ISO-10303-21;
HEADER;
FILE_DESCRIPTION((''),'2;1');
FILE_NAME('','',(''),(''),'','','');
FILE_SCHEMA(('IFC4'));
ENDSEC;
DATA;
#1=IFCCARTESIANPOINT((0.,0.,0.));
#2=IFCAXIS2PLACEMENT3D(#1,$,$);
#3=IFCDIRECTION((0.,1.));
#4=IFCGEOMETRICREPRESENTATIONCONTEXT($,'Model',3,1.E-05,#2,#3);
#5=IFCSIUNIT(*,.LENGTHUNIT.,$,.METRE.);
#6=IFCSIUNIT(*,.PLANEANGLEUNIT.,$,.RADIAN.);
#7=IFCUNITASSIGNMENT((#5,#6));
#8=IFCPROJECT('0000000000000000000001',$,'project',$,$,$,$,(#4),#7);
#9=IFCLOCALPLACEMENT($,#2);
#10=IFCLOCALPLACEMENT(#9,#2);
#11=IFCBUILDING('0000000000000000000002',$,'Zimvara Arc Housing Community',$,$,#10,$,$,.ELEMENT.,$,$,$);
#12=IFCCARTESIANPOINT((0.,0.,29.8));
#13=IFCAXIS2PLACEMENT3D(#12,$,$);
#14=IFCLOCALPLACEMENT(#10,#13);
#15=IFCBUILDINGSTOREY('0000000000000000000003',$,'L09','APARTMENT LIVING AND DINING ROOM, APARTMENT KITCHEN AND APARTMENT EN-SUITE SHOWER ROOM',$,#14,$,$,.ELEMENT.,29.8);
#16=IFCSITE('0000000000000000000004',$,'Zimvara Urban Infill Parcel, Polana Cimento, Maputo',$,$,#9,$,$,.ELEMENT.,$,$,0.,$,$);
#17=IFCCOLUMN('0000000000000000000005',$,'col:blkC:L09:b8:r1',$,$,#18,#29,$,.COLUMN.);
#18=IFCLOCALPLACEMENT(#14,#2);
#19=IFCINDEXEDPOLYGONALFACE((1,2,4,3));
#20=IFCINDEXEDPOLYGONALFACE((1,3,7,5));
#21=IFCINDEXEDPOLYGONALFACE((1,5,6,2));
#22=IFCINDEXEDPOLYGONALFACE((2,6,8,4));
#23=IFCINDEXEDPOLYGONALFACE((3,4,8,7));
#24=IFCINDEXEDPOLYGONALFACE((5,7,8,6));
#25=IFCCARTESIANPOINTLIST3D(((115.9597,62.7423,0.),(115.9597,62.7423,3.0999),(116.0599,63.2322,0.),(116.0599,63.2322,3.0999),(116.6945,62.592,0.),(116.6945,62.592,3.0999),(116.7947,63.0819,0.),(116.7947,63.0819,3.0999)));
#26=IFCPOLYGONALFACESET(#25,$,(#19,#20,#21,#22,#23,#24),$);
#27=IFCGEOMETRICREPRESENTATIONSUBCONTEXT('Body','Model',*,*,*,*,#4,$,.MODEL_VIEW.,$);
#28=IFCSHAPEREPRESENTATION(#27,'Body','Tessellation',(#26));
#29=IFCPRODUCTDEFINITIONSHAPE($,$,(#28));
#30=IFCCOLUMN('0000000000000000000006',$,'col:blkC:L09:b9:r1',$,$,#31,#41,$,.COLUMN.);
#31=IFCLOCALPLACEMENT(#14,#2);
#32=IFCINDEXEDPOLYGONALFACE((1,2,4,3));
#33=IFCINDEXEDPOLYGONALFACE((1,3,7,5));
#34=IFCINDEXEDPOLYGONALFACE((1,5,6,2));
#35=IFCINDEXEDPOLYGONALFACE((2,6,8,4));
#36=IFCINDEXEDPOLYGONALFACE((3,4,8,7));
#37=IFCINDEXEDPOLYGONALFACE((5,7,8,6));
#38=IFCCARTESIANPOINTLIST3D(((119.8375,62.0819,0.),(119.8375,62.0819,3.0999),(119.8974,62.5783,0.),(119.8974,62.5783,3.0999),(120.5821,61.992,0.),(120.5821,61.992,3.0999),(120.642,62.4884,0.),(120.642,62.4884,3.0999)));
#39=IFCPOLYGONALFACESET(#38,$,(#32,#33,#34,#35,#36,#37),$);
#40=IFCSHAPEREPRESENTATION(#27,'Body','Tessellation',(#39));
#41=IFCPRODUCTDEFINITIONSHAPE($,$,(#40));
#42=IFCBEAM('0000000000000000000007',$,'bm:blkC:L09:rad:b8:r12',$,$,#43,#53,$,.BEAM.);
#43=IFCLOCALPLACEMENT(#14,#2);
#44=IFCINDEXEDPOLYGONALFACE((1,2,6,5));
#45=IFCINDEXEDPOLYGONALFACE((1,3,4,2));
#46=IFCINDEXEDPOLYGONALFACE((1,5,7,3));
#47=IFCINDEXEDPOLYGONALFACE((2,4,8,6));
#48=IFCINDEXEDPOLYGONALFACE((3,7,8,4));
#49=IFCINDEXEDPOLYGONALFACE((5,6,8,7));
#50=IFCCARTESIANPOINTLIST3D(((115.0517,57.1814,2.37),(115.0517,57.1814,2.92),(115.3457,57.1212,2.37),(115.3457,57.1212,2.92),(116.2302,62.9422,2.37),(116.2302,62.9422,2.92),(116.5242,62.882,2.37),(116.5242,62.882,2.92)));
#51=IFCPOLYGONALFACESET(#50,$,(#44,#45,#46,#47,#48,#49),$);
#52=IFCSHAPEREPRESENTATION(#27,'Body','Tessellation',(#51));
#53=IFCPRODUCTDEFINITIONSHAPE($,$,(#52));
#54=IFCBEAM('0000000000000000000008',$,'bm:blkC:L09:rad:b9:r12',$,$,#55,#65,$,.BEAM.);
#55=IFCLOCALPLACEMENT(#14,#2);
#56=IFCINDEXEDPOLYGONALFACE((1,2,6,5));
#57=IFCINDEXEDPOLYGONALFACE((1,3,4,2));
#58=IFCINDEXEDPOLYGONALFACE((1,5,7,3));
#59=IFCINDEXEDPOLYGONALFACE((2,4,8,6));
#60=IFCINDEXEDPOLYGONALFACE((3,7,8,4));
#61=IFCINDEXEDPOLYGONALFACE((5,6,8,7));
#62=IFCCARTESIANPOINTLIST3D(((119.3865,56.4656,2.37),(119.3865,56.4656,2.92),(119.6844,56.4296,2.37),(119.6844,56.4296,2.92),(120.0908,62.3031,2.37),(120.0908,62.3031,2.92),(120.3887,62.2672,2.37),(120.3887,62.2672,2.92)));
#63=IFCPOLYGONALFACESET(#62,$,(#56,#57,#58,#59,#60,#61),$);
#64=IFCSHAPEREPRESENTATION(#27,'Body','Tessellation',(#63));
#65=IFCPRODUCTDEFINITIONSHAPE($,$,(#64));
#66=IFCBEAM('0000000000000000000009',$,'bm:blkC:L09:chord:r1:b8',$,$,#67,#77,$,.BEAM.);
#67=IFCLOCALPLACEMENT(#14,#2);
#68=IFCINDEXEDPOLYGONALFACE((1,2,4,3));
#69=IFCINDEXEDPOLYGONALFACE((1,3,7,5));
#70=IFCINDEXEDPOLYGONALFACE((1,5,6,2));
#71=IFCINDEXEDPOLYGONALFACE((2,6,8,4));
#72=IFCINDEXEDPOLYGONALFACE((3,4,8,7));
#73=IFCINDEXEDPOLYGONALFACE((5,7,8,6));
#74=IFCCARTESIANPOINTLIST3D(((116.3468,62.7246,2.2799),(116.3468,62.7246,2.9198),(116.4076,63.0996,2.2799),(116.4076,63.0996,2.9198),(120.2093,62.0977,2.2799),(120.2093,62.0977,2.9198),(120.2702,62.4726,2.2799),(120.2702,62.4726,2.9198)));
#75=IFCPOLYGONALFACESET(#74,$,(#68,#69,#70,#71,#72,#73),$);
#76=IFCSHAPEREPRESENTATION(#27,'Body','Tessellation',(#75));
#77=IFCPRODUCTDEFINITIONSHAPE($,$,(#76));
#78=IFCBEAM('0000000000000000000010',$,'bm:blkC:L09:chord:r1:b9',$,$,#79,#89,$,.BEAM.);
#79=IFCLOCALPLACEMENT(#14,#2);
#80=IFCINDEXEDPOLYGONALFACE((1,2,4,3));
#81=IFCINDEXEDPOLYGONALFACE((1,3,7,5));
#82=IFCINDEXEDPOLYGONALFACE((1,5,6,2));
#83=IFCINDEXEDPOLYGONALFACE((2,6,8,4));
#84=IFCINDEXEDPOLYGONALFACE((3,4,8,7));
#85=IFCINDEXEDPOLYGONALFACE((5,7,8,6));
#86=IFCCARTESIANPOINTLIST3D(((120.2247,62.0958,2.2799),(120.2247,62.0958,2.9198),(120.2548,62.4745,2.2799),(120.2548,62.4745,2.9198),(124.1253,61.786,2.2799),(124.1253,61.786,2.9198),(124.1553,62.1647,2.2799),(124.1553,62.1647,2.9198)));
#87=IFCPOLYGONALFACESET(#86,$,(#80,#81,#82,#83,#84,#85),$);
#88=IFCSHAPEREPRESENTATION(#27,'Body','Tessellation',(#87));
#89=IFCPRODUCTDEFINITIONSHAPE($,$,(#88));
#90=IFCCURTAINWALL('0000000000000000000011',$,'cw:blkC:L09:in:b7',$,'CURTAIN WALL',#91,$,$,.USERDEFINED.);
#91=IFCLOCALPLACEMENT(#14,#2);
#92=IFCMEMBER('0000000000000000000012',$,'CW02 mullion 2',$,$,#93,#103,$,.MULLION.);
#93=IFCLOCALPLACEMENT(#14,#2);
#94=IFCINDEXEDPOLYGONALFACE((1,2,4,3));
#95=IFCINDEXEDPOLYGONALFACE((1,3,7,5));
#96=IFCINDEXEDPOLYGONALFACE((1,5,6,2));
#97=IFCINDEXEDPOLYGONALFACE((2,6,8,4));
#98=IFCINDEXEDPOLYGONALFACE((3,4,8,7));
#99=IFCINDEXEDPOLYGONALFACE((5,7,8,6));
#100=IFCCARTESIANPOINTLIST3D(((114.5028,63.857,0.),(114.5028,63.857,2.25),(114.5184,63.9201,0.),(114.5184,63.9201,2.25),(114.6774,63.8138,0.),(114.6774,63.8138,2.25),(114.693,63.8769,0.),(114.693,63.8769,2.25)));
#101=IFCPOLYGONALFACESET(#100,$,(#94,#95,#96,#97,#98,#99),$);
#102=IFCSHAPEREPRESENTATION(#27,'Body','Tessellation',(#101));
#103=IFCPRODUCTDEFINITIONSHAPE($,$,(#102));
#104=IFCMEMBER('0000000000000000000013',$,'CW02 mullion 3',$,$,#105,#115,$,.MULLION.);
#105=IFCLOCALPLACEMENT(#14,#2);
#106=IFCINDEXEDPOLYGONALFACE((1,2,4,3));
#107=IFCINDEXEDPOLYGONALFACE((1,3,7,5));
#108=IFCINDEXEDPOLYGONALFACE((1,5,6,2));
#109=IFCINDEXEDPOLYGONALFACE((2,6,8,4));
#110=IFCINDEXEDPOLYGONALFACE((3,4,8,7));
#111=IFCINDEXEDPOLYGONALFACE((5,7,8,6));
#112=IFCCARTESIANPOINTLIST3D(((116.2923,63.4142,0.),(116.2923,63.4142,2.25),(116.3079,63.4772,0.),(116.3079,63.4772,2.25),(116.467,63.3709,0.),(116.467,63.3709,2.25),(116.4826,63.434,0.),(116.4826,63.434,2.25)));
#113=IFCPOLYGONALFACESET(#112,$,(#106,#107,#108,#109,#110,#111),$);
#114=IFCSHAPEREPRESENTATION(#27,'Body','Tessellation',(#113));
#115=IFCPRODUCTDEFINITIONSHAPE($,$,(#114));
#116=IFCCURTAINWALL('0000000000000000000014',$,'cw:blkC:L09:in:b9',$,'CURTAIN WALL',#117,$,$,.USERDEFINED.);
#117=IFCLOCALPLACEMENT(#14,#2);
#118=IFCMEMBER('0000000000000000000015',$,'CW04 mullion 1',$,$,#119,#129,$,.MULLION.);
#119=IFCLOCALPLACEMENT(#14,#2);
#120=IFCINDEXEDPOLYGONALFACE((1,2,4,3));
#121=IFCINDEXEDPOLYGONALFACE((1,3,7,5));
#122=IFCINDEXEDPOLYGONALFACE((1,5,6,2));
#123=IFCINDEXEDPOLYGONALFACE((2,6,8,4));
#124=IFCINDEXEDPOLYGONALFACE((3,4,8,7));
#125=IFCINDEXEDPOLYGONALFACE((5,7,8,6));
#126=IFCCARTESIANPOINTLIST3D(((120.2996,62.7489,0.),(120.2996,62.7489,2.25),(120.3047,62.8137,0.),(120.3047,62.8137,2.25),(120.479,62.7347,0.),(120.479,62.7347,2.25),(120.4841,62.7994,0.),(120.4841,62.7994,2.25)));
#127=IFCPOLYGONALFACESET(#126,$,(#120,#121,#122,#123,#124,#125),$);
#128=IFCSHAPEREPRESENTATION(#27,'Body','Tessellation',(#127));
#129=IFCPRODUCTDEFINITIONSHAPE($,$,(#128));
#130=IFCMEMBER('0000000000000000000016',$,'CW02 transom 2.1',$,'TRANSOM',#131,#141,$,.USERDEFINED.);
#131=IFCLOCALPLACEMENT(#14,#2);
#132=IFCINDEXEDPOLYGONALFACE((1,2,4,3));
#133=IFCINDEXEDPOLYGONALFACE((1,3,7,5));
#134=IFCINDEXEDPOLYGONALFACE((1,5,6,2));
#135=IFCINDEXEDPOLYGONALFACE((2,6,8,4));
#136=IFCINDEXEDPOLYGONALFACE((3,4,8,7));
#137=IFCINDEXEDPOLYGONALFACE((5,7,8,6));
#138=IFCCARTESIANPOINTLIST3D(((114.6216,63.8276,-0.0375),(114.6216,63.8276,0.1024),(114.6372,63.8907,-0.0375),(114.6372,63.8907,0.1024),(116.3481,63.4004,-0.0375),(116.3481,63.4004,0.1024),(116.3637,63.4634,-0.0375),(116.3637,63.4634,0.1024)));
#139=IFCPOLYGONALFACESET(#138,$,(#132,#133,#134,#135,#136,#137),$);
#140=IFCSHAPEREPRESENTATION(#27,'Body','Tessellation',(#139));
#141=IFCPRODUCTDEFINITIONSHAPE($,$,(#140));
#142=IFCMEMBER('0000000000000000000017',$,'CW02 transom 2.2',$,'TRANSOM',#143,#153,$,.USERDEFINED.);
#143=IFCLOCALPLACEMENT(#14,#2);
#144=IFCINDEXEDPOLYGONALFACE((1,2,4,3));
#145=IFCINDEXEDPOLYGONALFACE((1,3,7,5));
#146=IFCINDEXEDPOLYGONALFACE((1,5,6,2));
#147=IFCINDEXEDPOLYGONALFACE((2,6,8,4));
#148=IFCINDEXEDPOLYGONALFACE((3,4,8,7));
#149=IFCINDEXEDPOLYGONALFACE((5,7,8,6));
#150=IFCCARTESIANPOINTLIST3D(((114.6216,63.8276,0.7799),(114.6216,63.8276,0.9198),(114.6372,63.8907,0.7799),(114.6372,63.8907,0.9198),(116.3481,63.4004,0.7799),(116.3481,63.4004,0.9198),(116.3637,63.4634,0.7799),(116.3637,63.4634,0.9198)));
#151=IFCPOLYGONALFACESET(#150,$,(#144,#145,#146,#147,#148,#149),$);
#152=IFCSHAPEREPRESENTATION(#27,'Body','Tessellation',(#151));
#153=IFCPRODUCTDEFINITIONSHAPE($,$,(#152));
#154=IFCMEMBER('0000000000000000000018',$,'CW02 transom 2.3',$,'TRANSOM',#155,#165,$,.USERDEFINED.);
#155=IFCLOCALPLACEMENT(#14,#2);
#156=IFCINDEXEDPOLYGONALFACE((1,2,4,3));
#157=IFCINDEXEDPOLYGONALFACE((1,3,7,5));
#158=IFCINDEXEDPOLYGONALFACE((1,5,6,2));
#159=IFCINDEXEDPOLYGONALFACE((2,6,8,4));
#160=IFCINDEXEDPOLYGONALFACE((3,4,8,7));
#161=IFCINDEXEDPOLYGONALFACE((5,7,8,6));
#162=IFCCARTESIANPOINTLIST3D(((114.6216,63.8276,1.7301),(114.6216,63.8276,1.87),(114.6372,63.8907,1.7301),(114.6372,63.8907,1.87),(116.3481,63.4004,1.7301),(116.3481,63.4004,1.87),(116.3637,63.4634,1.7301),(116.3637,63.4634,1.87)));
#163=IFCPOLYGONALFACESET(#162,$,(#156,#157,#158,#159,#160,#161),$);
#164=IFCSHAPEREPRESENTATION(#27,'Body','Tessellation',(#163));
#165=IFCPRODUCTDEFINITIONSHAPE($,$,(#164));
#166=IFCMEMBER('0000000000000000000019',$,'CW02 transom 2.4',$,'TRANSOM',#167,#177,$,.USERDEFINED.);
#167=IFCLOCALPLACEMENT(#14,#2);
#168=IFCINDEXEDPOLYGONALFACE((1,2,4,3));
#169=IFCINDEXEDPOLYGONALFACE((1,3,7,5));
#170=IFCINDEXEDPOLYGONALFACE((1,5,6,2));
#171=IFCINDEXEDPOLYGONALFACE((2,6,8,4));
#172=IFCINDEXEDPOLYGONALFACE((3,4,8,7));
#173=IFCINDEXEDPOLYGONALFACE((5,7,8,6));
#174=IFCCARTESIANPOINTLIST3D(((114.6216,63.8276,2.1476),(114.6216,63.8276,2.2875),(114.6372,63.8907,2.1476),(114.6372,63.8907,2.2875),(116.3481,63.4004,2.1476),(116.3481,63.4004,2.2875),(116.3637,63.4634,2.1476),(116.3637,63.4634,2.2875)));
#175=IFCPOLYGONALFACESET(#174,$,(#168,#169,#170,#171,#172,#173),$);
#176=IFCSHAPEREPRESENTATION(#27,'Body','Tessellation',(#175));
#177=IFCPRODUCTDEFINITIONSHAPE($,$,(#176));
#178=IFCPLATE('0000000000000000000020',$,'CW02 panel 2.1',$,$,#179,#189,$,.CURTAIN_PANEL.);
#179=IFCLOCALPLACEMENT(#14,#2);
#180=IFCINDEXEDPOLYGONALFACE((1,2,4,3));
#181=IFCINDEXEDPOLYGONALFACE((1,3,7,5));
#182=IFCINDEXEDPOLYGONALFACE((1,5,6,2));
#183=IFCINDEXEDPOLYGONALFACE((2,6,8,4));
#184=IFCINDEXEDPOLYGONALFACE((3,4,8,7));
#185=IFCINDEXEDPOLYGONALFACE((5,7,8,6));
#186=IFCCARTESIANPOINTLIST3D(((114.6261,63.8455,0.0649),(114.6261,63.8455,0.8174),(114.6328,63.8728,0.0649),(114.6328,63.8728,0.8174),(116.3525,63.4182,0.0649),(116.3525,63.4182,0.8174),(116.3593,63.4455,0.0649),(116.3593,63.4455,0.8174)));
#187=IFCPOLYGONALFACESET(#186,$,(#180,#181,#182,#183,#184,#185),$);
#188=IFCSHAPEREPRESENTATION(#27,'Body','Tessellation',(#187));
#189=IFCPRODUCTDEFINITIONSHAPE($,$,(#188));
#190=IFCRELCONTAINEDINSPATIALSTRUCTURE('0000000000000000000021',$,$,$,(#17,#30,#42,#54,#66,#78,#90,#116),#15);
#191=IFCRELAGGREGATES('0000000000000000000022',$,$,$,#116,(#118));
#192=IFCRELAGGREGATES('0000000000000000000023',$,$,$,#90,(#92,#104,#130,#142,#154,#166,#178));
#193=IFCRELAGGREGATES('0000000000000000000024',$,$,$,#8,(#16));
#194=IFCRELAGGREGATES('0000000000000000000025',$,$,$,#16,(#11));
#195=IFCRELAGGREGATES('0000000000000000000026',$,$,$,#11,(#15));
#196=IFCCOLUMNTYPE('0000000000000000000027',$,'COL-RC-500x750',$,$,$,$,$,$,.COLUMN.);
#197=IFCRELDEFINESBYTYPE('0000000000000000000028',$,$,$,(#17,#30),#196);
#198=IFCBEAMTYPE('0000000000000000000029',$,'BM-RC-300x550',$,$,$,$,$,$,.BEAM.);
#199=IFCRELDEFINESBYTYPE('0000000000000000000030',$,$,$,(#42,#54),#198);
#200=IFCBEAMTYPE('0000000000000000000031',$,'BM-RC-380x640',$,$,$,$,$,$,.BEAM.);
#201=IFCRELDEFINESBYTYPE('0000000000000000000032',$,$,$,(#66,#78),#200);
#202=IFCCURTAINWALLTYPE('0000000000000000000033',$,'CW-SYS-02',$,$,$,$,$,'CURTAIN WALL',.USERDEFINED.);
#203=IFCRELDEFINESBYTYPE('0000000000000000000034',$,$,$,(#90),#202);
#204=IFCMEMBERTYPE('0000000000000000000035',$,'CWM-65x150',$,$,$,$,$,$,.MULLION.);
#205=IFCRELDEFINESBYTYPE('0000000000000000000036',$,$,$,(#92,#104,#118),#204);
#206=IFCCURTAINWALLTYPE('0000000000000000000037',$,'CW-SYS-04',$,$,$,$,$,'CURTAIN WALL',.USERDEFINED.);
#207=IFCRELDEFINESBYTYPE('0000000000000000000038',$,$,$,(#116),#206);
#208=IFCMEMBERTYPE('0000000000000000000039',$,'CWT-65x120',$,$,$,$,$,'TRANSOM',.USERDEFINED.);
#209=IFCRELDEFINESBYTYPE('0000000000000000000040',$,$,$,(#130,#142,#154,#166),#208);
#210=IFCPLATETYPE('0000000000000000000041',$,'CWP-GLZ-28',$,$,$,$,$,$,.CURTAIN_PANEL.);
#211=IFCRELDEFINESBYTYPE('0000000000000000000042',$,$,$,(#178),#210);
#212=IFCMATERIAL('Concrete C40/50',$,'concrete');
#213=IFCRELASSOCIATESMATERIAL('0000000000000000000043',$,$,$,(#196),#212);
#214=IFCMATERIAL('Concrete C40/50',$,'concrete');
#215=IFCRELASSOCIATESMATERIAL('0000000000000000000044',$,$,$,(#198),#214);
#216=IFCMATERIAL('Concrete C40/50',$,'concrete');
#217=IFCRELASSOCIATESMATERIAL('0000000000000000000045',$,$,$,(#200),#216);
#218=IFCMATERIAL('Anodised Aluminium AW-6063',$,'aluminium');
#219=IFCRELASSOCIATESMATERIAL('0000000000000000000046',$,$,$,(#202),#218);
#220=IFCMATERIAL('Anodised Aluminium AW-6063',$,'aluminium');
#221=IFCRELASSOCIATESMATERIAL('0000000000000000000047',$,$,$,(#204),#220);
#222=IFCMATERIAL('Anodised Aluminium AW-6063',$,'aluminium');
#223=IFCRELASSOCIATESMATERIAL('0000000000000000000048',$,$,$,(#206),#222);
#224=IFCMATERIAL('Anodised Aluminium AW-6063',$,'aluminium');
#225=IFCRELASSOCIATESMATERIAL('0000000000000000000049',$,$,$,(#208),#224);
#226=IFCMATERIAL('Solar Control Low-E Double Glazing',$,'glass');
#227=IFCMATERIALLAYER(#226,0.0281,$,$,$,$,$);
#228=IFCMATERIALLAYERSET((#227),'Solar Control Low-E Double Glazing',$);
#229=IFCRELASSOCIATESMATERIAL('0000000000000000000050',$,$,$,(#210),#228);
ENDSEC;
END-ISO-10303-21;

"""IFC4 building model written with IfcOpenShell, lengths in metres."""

from ifc_helpers import new_model, si_unit, direction, frame, origin, origin_2d, place, context, subcontext, project, spatial, rectangle, extrude, material, layer, layer_set, material_profile, profile_set, type_object, element, aggregate, save


model = new_model("IFC4")

# Units and contexts
model_context = context("Model", 3, precision=1e-05, world=origin(), true_north=direction((0.0, 1.0)))
body_context = subcontext(model_context, "Body", "Model", "MODEL_VIEW")
ifc_project = project(units=[si_unit("LENGTHUNIT", "METRE"), si_unit("PLANEANGLEUNIT", "RADIAN")], contexts=[model_context])

# Site, building, storey
site_placement = place(None, origin())
site = spatial("IfcSite", under=ifc_project, at=site_placement, Name="Zimvara Urban Infill Parcel, Polana Cimento, Maputo", CompositionType="ELEMENT", RefElevation=0.0)
building_placement = place(site_placement, origin())
building = spatial("IfcBuilding", under=site, at=building_placement, Name="Zimvara Arc Housing Community", CompositionType="ELEMENT")
storey_placement = place(building_placement, frame((0.0, 0.0, 29.8)))
storey = spatial("IfcBuildingStorey", under=building, at=storey_placement, Name="L09", Description="APARTMENT LIVING AND DINING ROOM, APARTMENT KITCHEN AND APARTMENT EN-SUITE SHOWER ROOM", CompositionType="ELEMENT", Elevation=29.8)

# Columns
ifc_material_1 = material(Name="Concrete C40/50", Category="concrete")
ifc_material_profile_1 = material_profile(ifc_material_1, rectangle(XDim=0.5, YDim=0.75, at=origin_2d()), Name="RC 500x750")
ifc_profile_set_1 = profile_set([ifc_material_profile_1], Name="Concrete C40/50")
column_type = type_object("IfcColumnType", Name="COL-RC-500x750", PredefinedType="COLUMN", material=ifc_profile_set_1)
for number, where, z_axis, x_axis, name in (
    (1, (116.3772, 62.9121, 0.0), (0.0, 0.0, 1.0), (-0.200394, -0.979715, 0.0), "col:blkC:L09:b8:r1"),
    (2, (120.2397, 62.2852, 0.0), (0.0, 0.0, 1.0), (-0.11979, -0.992799, 0.0), "col:blkC:L09:b9:r1"),
):
    element("IfcColumn", number, at=place(storey_placement, frame(where, z_axis=z_axis, x_axis=x_axis)), inside=storey, type_object=column_type, Name=name, PredefinedType="COLUMN", context=body_context, shape_type="SweptSolid", body=[
        extrude(rectangle(XDim=0.5, YDim=0.75, at=origin_2d()), origin(), (0.0, 0.0, 1.0), 3.0999),
    ])

# Beams
ifc_material_2 = material(Name="Concrete C40/50", Category="concrete")
ifc_material_profile_2 = material_profile(ifc_material_2, rectangle(XDim=0.3, YDim=0.55, at=origin_2d()), Name="RC 300x550")
ifc_profile_set_2 = profile_set([ifc_material_profile_2], Name="Concrete C40/50")
beam_type_1 = type_object("IfcBeamType", Name="BM-RC-300x550", PredefinedType="BEAM", material=ifc_profile_set_2)
beam_1_placement = place(storey_placement, frame((116.3772, 62.9121, 2.645), z_axis=(-0.200418, -0.97971, 0.0), x_axis=(0.97971, -0.200418, 0.0)))
element("IfcBeam", 3, at=beam_1_placement, inside=storey, type_object=beam_type_1, Name="bm:blkC:L09:rad:b8:r12", PredefinedType="BEAM", context=body_context, shape_type="SweptSolid", body=[
    extrude(rectangle(XDim=0.3, YDim=0.55, at=origin_2d()), origin(), (0.0, 0.0, 1.0), 5.8801),
])
beam_2_placement = place(storey_placement, frame((120.2397, 62.2852, 2.645), z_axis=(-0.119787, -0.9928, 0.0), x_axis=(0.9928, -0.119787, 0.0)))
element("IfcBeam", 4, at=beam_2_placement, inside=storey, type_object=beam_type_1, Name="bm:blkC:L09:rad:b9:r12", PredefinedType="BEAM", context=body_context, shape_type="SweptSolid", body=[
    extrude(rectangle(XDim=0.3, YDim=0.55, at=origin_2d()), origin(), (0.0, 0.0, 1.0), 5.8799),
])
ifc_material_3 = material(Name="Concrete C40/50", Category="concrete")
ifc_material_profile_3 = material_profile(ifc_material_3, rectangle(XDim=0.3799, YDim=0.6399, at=origin_2d()), Name="RC 380x640")
ifc_profile_set_3 = profile_set([ifc_material_profile_3], Name="Concrete C40/50")
beam_type_2 = type_object("IfcBeamType", Name="BM-RC-380x640", PredefinedType="BEAM", material=ifc_profile_set_3)
beam_3_placement = place(storey_placement, frame((116.3772, 62.9121, 2.5999), z_axis=(0.987081, -0.160219, 0.0), x_axis=(0.160219, 0.987081, 0.0)))
element("IfcBeam", 5, at=beam_3_placement, inside=storey, type_object=beam_type_2, Name="bm:blkC:L09:chord:r1:b8", PredefinedType="BEAM", context=body_context, shape_type="SweptSolid", body=[
    extrude(rectangle(XDim=0.3799, YDim=0.6399, at=origin_2d()), origin(), (0.0, 0.0, 1.0), 3.9131),
])
beam_4_placement = place(storey_placement, frame((120.2397, 62.2852, 2.5999), z_axis=(0.996861, -0.079177, 0.0), x_axis=(0.079177, 0.996861, 0.0)))
element("IfcBeam", 6, at=beam_4_placement, inside=storey, type_object=beam_type_2, Name="bm:blkC:L09:chord:r1:b9", PredefinedType="BEAM", context=body_context, shape_type="SweptSolid", body=[
    extrude(rectangle(XDim=0.3799, YDim=0.6399, at=origin_2d()), origin(), (0.0, 0.0, 1.0), 3.9128),
])

# Curtain wall, members
ifc_material_4 = material(Name="Anodised Aluminium AW-6063", Category="aluminium")
curtain_wall_type_1 = type_object("IfcCurtainWallType", Name="CW-SYS-02", ElementType="CURTAIN WALL", PredefinedType="USERDEFINED", material=ifc_material_4)
curtain_wall_1_placement = place(storey_placement, origin())
curtain_wall_1 = element("IfcCurtainWall", 7, at=curtain_wall_1_placement, inside=storey, type_object=curtain_wall_type_1, Name="cw:blkC:L09:in:b7", ObjectType="CURTAIN WALL", PredefinedType="USERDEFINED")
ifc_material_5 = material(Name="Anodised Aluminium AW-6063", Category="aluminium")
ifc_material_profile_4 = material_profile(ifc_material_5, rectangle(XDim=0.0649, YDim=0.1799, at=origin_2d()), Name="ALU 65x180")
ifc_profile_set_4 = profile_set([ifc_material_profile_4], Name="Anodised Aluminium AW-6063")
member_type_1 = type_object("IfcMemberType", Name="CWM-65x150", PredefinedType="MULLION", material=ifc_profile_set_4)
member_1_placement = place(storey_placement, frame((114.5979, 63.8669, 0.0), z_axis=(0.0, 0.0, 1.0), x_axis=(0.240229, 0.970716, 0.0)))
member_1 = element("IfcMember", 8, at=member_1_placement, type_object=member_type_1, Name="CW02 mullion 2", PredefinedType="MULLION", context=body_context, shape_type="SweptSolid", body=[
    extrude(rectangle(XDim=0.0649, YDim=0.1799, at=origin_2d()), origin(), (0.0, 0.0, 1.0), 2.25),
])
member_2_placement = place(storey_placement, frame((116.3875, 63.4241, 0.0), z_axis=(0.0, 0.0, 1.0), x_axis=(0.240229, 0.970716, 0.0)))
member_2 = element("IfcMember", 9, at=member_2_placement, type_object=member_type_1, Name="CW02 mullion 3", PredefinedType="MULLION", context=body_context, shape_type="SweptSolid", body=[
    extrude(rectangle(XDim=0.0649, YDim=0.1799, at=origin_2d()), origin(), (0.0, 0.0, 1.0), 2.25),
])

# Curtain wall, member
ifc_material_6 = material(Name="Anodised Aluminium AW-6063", Category="aluminium")
curtain_wall_type_2 = type_object("IfcCurtainWallType", Name="CW-SYS-04", ElementType="CURTAIN WALL", PredefinedType="USERDEFINED", material=ifc_material_6)
curtain_wall_2_placement = place(storey_placement, origin())
curtain_wall_2 = element("IfcCurtainWall", 10, at=curtain_wall_2_placement, inside=storey, type_object=curtain_wall_type_2, Name="cw:blkC:L09:in:b9", ObjectType="CURTAIN WALL", PredefinedType="USERDEFINED")
member_3_placement = place(storey_placement, frame((120.3918, 62.7742, 0.0), z_axis=(0.0, 0.0, 1.0), x_axis=(0.079155, 0.996862, 0.0)))
member_3 = element("IfcMember", 11, at=member_3_placement, type_object=member_type_1, Name="CW04 mullion 1", PredefinedType="MULLION", context=body_context, shape_type="SweptSolid", body=[
    extrude(rectangle(XDim=0.0649, YDim=0.1799, at=origin_2d()), origin(), (0.0, 0.0, 1.0), 2.25),
])
aggregate(curtain_wall_2, [member_3])

# Members
ifc_material_7 = material(Name="Anodised Aluminium AW-6063", Category="aluminium")
ifc_material_profile_5 = material_profile(ifc_material_7, rectangle(XDim=0.0649, YDim=0.1399, at=origin_2d()), Name="ALU 65x140")
ifc_profile_set_5 = profile_set([ifc_material_profile_5], Name="Anodised Aluminium AW-6063")
member_type_2 = type_object("IfcMemberType", Name="CWT-65x120", ElementType="TRANSOM", PredefinedType="USERDEFINED", material=ifc_profile_set_5)
member_4_placement = place(storey_placement, frame((114.6294, 63.8591, 0.0325), z_axis=(0.970721, -0.24021, 0.0), x_axis=(0.24021, 0.970721, 0.0)))
member_4 = element("IfcMember", 12, at=member_4_placement, type_object=member_type_2, Name="CW02 transom 2.1", ObjectType="TRANSOM", PredefinedType="USERDEFINED", context=body_context, shape_type="SweptSolid", body=[
    extrude(rectangle(XDim=0.0649, YDim=0.1399, at=origin_2d()), origin(), (0.0, 0.0, 1.0), 1.7786),
])
member_5_placement = place(storey_placement, frame((114.6294, 63.8591, 0.8499), z_axis=(0.970721, -0.24021, 0.0), x_axis=(0.24021, 0.970721, 0.0)))
member_5 = element("IfcMember", 13, at=member_5_placement, type_object=member_type_2, Name="CW02 transom 2.2", ObjectType="TRANSOM", PredefinedType="USERDEFINED", context=body_context, shape_type="SweptSolid", body=[
    extrude(rectangle(XDim=0.0649, YDim=0.1399, at=origin_2d()), origin(), (0.0, 0.0, 1.0), 1.7786),
])
member_6_placement = place(storey_placement, frame((114.6294, 63.8591, 1.8), z_axis=(0.970721, -0.24021, 0.0), x_axis=(0.24021, 0.970721, 0.0)))
member_6 = element("IfcMember", 14, at=member_6_placement, type_object=member_type_2, Name="CW02 transom 2.3", ObjectType="TRANSOM", PredefinedType="USERDEFINED", context=body_context, shape_type="SweptSolid", body=[
    extrude(rectangle(XDim=0.0649, YDim=0.1399, at=origin_2d()), origin(), (0.0, 0.0, 1.0), 1.7786),
])
member_7_placement = place(storey_placement, frame((114.6294, 63.8591, 2.2175), z_axis=(0.970721, -0.24021, 0.0), x_axis=(0.24021, 0.970721, 0.0)))
member_7 = element("IfcMember", 15, at=member_7_placement, type_object=member_type_2, Name="CW02 transom 2.4", ObjectType="TRANSOM", PredefinedType="USERDEFINED", context=body_context, shape_type="SweptSolid", body=[
    extrude(rectangle(XDim=0.0649, YDim=0.1399, at=origin_2d()), origin(), (0.0, 0.0, 1.0), 1.7786),
])

# Plate
ifc_material_8 = material(Name="Solar Control Low-E Double Glazing", Category="glass")
ifc_layer_1 = layer(ifc_material_8, 0.0281)
ifc_layer_set_1 = layer_set([ifc_layer_1], Name="Solar Control Low-E Double Glazing")
plate_type = type_object("IfcPlateType", Name="CWP-GLZ-28", PredefinedType="CURTAIN_PANEL", material=ifc_layer_set_1)
plate_1_placement = place(storey_placement, frame((115.4927, 63.6455, 0.0649), z_axis=(0.0, 0.0, 1.0), x_axis=(0.970716, -0.240229, 0.0)))
plate_1 = element("IfcPlate", 16, at=plate_1_placement, type_object=plate_type, Name="CW02 panel 2.1", PredefinedType="CURTAIN_PANEL", context=body_context, shape_type="SweptSolid", body=[
    extrude(rectangle(XDim=1.7786, YDim=0.0281, at=origin_2d()), origin(), (0.0, 0.0, 1.0), 0.7524),
])
aggregate(curtain_wall_1, [member_1, member_2, member_4, member_5, member_6, member_7, plate_1])

save(model, "model.ifc")
